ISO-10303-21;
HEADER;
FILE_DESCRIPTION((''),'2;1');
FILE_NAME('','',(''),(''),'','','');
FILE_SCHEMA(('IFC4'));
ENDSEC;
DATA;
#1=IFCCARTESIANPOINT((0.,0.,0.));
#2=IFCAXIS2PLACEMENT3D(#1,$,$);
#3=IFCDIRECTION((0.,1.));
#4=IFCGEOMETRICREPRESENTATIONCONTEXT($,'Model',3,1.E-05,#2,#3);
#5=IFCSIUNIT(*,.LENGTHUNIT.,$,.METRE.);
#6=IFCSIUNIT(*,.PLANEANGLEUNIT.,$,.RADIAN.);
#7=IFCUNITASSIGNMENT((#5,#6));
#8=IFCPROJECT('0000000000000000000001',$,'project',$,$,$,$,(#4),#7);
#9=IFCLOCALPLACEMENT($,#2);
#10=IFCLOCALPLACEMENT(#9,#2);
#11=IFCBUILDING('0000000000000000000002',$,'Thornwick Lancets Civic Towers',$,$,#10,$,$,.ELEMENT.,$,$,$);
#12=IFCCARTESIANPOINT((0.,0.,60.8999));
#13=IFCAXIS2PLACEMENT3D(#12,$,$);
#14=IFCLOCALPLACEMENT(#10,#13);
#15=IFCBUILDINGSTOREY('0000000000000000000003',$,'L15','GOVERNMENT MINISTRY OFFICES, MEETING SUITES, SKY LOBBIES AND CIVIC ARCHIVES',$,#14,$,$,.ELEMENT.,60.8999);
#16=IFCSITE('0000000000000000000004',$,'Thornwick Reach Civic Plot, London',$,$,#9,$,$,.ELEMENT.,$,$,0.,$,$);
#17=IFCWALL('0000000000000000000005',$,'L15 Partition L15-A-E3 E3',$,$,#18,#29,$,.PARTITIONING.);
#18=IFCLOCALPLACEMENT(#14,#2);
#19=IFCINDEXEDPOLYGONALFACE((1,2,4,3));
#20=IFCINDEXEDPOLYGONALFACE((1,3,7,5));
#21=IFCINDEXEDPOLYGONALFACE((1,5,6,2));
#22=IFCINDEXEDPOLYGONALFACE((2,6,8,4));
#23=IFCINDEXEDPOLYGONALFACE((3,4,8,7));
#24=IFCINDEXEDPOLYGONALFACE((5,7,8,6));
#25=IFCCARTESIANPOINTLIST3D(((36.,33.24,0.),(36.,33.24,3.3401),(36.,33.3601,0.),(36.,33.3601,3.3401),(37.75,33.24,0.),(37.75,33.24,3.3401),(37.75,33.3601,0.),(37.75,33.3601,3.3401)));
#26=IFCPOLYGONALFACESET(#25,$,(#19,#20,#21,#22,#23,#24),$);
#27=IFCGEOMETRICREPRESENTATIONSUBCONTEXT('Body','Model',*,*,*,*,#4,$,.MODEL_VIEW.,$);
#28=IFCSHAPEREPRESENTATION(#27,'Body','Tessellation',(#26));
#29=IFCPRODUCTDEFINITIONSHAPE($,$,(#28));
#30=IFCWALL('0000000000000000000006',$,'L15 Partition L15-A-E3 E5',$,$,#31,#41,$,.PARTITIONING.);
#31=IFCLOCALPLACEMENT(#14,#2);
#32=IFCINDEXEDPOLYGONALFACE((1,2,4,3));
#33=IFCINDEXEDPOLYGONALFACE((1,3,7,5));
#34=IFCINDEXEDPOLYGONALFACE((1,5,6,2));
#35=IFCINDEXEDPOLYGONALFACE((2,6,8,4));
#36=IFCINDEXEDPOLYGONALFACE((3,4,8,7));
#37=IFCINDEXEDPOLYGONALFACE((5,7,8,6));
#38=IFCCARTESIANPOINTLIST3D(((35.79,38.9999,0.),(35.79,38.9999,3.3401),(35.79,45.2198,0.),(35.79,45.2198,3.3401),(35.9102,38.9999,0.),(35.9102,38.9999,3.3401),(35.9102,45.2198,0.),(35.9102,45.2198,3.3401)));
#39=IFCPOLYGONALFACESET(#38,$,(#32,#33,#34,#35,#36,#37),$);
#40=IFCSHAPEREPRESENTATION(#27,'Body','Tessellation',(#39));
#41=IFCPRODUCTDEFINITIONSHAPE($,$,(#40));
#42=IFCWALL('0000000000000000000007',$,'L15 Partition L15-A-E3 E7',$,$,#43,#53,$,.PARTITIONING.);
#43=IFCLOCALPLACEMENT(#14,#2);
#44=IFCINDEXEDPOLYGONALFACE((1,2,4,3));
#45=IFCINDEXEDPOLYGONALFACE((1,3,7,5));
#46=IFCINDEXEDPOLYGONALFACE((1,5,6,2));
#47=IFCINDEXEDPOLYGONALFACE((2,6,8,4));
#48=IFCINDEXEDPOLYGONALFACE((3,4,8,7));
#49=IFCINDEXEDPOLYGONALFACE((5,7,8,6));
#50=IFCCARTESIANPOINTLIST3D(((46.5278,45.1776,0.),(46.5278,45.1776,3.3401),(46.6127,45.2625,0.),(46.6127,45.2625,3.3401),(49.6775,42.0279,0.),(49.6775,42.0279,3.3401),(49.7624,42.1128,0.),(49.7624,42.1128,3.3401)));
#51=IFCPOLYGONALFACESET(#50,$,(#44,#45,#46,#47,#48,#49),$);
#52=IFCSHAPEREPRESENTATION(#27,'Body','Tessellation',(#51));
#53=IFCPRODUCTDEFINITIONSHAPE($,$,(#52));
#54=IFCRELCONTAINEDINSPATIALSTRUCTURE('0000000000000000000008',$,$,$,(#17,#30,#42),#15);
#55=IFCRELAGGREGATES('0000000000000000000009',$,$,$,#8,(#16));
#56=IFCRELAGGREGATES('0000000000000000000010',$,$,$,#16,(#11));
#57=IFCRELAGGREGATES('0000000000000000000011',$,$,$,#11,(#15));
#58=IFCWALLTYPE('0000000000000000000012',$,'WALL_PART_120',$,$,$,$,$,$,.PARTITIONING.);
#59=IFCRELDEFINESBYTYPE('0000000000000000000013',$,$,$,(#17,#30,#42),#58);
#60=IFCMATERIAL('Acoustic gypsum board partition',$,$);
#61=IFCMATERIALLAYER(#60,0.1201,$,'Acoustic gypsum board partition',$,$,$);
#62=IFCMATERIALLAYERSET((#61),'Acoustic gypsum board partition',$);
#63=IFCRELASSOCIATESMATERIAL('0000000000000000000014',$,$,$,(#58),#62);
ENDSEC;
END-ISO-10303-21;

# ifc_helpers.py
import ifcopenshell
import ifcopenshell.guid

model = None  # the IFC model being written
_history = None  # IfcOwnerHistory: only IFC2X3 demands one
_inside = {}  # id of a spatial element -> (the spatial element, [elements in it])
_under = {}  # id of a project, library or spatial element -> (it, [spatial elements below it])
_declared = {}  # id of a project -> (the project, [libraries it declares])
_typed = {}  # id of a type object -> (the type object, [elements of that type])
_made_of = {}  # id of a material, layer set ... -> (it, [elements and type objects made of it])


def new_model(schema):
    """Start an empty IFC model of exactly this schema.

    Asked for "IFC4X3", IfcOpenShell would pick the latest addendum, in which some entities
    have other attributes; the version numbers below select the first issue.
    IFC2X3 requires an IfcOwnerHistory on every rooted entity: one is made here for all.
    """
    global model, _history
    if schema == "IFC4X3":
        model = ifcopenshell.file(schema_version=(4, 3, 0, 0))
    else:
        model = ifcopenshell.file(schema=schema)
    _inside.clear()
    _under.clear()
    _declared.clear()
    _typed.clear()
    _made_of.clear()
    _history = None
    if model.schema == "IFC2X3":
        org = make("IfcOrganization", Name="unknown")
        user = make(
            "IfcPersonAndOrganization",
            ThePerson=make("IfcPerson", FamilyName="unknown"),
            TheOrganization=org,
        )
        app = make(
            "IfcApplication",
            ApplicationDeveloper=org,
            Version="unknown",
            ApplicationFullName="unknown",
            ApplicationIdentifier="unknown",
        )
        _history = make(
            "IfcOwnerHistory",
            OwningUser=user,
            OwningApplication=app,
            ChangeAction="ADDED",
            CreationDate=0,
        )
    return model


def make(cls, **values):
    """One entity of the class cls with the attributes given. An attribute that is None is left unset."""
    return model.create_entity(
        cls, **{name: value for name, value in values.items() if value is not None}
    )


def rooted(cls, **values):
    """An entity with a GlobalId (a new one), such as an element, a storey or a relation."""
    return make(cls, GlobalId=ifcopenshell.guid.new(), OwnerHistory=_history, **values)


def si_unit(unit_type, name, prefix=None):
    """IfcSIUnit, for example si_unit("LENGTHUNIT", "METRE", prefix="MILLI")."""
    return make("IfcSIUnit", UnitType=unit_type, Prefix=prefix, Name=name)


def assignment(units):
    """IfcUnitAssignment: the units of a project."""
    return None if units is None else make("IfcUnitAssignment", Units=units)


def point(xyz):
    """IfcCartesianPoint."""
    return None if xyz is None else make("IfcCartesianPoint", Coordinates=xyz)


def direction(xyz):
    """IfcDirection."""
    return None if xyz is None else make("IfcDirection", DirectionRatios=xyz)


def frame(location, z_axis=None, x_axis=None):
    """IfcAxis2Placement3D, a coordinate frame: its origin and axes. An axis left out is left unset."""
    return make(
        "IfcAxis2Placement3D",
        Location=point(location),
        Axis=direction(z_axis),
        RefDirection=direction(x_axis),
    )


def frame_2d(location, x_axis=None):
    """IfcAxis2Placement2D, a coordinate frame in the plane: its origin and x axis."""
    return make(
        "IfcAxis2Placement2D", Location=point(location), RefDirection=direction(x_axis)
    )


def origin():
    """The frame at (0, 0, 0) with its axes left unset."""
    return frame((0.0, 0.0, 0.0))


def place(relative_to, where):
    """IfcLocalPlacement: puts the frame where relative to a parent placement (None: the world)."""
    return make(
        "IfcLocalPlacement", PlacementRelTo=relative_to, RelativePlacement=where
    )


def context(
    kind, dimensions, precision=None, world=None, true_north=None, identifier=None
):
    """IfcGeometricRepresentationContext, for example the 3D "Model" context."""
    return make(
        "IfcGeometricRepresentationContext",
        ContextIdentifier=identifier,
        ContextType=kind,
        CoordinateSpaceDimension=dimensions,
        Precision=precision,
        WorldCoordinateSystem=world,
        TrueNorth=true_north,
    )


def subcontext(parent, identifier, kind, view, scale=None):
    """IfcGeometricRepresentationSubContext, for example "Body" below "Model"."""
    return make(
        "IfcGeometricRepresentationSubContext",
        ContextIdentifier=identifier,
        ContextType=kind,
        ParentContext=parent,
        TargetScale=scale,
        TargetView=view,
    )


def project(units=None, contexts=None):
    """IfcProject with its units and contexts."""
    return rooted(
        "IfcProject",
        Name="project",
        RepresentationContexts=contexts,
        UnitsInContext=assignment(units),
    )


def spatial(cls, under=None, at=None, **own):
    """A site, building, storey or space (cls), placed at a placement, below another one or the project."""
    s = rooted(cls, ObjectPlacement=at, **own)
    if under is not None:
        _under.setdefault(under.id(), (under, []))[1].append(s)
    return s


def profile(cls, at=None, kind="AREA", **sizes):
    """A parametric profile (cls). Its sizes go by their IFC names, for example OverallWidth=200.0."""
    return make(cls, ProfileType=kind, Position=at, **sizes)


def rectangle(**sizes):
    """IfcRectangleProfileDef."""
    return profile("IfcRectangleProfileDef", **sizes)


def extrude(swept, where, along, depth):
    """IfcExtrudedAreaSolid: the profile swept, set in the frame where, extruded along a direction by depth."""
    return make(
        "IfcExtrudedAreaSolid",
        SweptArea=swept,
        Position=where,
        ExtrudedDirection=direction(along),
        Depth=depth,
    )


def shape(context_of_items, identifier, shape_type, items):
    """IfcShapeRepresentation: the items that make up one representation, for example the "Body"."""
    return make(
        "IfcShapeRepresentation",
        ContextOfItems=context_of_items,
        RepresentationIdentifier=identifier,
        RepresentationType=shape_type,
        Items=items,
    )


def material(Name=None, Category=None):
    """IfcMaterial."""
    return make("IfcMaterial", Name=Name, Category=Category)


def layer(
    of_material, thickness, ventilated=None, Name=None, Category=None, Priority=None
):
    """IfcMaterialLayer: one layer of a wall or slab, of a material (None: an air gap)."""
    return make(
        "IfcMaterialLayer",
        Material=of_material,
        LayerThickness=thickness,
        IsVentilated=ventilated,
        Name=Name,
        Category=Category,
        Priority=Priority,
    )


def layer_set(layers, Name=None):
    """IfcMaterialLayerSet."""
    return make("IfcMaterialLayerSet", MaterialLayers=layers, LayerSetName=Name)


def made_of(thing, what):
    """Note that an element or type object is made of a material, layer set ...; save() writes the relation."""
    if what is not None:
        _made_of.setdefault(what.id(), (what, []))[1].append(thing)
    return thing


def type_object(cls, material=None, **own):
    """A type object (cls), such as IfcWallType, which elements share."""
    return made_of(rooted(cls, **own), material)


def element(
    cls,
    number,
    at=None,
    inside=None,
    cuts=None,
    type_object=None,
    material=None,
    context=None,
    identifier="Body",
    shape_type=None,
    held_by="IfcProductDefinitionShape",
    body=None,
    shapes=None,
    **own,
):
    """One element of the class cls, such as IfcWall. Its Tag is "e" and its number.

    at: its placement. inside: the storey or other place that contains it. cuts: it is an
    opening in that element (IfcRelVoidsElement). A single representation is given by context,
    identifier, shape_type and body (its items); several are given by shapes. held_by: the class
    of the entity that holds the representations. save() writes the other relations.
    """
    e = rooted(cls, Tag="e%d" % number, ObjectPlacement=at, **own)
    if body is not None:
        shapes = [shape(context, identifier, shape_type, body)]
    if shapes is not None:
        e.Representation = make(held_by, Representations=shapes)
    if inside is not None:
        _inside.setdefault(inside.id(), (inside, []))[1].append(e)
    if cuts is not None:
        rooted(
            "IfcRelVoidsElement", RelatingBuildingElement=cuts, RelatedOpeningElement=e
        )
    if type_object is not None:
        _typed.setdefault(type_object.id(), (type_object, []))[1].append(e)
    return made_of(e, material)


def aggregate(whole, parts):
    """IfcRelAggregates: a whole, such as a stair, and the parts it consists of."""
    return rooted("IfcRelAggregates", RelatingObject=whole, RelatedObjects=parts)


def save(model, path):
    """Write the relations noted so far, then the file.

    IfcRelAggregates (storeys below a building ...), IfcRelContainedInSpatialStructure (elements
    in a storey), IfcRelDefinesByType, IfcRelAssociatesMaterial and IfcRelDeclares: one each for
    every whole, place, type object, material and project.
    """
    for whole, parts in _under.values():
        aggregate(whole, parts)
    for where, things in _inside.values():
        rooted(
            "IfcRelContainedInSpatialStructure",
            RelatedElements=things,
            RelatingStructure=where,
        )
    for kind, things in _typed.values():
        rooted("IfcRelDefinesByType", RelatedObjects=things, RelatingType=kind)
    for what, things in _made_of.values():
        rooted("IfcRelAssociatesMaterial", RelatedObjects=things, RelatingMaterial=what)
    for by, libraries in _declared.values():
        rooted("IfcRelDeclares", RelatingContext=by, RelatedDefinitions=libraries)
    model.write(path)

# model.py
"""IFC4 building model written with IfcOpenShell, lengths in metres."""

from ifc_helpers import new_model, si_unit, direction, frame, frame_2d, origin, place, context, subcontext, project, spatial, rectangle, extrude, material, layer, layer_set, type_object, element, save


model = new_model("IFC4")

# Units and contexts
model_context = context("Model", 3, precision=1e-05, world=origin(), true_north=direction((0.0, 1.0)))
body_context = subcontext(model_context, "Body", "Model", "MODEL_VIEW")
ifc_project = project(units=[si_unit("LENGTHUNIT", "METRE"), si_unit("PLANEANGLEUNIT", "RADIAN")], contexts=[model_context])

# Site, building, storey
site_placement = place(None, origin())
site = spatial("IfcSite", under=ifc_project, at=site_placement, Name="Thornwick Reach Civic Plot, London", CompositionType="ELEMENT", RefElevation=0.0)
building_placement = place(site_placement, origin())
building = spatial("IfcBuilding", under=site, at=building_placement, Name="Thornwick Lancets Civic Towers", CompositionType="ELEMENT")
storey_placement = place(building_placement, frame((0.0, 0.0, 60.8999)))
storey = spatial("IfcBuildingStorey", under=building, at=storey_placement, Name="L15", Description="GOVERNMENT MINISTRY OFFICES, MEETING SUITES, SKY LOBBIES AND CIVIC ARCHIVES", CompositionType="ELEMENT", Elevation=60.8999)

# Walls
ifc_material_1 = material(Name="Acoustic gypsum board partition")
ifc_layer_1 = layer(ifc_material_1, 0.1201, Name="Acoustic gypsum board partition")
ifc_layer_set_1 = layer_set([ifc_layer_1], Name="Acoustic gypsum board partition")
wall_type_1 = type_object("IfcWallType", Name="WALL_PART_120", PredefinedType="PARTITIONING", material=ifc_layer_set_1)
wall_1_placement = place(storey_placement, frame((37.75, 33.3, 0.0), z_axis=(0.0, 0.0, 1.0), x_axis=(-1.0, 0.0, 0.0)))
element("IfcWall", 1, at=wall_1_placement, inside=storey, type_object=wall_type_1, Name="L15 Partition L15-A-E3 E3", PredefinedType="PARTITIONING", context=body_context, shape_type="SweptSolid", body=[
    extrude(rectangle(XDim=1.75, YDim=0.1201, at=frame_2d((0.875, 0.0))), origin(), (0.0, 0.0, 1.0), 3.3401),
])
wall_2_placement = place(storey_placement, frame((35.8501, 39.0, 0.0), z_axis=(0.0, 0.0, 1.0), x_axis=(0.0, 1.0, 0.0)))
element("IfcWall", 2, at=wall_2_placement, inside=storey, type_object=wall_type_1, Name="L15 Partition L15-A-E3 E5", PredefinedType="PARTITIONING", context=body_context, shape_type="SweptSolid", body=[
    extrude(rectangle(XDim=6.22, YDim=0.1201, at=frame_2d((3.1099, 0.0))), origin(), (0.0, 0.0, 1.0), 3.3401),
])
wall_3_placement = place(storey_placement, frame((46.5703, 45.22, 0.0), z_axis=(0.0, 0.0, 1.0), x_axis=(0.707107, -0.707107, 0.0)))
element("IfcWall", 3, at=wall_3_placement, inside=storey, type_object=wall_type_1, Name="L15 Partition L15-A-E3 E7", PredefinedType="PARTITIONING", context=body_context, shape_type="SweptSolid", body=[
    extrude(rectangle(XDim=4.4543, YDim=0.1201, at=frame_2d((2.2271, 0.0))), origin(), (0.0, 0.0, 1.0), 3.3401),
])

save(model, "model.ifc")
